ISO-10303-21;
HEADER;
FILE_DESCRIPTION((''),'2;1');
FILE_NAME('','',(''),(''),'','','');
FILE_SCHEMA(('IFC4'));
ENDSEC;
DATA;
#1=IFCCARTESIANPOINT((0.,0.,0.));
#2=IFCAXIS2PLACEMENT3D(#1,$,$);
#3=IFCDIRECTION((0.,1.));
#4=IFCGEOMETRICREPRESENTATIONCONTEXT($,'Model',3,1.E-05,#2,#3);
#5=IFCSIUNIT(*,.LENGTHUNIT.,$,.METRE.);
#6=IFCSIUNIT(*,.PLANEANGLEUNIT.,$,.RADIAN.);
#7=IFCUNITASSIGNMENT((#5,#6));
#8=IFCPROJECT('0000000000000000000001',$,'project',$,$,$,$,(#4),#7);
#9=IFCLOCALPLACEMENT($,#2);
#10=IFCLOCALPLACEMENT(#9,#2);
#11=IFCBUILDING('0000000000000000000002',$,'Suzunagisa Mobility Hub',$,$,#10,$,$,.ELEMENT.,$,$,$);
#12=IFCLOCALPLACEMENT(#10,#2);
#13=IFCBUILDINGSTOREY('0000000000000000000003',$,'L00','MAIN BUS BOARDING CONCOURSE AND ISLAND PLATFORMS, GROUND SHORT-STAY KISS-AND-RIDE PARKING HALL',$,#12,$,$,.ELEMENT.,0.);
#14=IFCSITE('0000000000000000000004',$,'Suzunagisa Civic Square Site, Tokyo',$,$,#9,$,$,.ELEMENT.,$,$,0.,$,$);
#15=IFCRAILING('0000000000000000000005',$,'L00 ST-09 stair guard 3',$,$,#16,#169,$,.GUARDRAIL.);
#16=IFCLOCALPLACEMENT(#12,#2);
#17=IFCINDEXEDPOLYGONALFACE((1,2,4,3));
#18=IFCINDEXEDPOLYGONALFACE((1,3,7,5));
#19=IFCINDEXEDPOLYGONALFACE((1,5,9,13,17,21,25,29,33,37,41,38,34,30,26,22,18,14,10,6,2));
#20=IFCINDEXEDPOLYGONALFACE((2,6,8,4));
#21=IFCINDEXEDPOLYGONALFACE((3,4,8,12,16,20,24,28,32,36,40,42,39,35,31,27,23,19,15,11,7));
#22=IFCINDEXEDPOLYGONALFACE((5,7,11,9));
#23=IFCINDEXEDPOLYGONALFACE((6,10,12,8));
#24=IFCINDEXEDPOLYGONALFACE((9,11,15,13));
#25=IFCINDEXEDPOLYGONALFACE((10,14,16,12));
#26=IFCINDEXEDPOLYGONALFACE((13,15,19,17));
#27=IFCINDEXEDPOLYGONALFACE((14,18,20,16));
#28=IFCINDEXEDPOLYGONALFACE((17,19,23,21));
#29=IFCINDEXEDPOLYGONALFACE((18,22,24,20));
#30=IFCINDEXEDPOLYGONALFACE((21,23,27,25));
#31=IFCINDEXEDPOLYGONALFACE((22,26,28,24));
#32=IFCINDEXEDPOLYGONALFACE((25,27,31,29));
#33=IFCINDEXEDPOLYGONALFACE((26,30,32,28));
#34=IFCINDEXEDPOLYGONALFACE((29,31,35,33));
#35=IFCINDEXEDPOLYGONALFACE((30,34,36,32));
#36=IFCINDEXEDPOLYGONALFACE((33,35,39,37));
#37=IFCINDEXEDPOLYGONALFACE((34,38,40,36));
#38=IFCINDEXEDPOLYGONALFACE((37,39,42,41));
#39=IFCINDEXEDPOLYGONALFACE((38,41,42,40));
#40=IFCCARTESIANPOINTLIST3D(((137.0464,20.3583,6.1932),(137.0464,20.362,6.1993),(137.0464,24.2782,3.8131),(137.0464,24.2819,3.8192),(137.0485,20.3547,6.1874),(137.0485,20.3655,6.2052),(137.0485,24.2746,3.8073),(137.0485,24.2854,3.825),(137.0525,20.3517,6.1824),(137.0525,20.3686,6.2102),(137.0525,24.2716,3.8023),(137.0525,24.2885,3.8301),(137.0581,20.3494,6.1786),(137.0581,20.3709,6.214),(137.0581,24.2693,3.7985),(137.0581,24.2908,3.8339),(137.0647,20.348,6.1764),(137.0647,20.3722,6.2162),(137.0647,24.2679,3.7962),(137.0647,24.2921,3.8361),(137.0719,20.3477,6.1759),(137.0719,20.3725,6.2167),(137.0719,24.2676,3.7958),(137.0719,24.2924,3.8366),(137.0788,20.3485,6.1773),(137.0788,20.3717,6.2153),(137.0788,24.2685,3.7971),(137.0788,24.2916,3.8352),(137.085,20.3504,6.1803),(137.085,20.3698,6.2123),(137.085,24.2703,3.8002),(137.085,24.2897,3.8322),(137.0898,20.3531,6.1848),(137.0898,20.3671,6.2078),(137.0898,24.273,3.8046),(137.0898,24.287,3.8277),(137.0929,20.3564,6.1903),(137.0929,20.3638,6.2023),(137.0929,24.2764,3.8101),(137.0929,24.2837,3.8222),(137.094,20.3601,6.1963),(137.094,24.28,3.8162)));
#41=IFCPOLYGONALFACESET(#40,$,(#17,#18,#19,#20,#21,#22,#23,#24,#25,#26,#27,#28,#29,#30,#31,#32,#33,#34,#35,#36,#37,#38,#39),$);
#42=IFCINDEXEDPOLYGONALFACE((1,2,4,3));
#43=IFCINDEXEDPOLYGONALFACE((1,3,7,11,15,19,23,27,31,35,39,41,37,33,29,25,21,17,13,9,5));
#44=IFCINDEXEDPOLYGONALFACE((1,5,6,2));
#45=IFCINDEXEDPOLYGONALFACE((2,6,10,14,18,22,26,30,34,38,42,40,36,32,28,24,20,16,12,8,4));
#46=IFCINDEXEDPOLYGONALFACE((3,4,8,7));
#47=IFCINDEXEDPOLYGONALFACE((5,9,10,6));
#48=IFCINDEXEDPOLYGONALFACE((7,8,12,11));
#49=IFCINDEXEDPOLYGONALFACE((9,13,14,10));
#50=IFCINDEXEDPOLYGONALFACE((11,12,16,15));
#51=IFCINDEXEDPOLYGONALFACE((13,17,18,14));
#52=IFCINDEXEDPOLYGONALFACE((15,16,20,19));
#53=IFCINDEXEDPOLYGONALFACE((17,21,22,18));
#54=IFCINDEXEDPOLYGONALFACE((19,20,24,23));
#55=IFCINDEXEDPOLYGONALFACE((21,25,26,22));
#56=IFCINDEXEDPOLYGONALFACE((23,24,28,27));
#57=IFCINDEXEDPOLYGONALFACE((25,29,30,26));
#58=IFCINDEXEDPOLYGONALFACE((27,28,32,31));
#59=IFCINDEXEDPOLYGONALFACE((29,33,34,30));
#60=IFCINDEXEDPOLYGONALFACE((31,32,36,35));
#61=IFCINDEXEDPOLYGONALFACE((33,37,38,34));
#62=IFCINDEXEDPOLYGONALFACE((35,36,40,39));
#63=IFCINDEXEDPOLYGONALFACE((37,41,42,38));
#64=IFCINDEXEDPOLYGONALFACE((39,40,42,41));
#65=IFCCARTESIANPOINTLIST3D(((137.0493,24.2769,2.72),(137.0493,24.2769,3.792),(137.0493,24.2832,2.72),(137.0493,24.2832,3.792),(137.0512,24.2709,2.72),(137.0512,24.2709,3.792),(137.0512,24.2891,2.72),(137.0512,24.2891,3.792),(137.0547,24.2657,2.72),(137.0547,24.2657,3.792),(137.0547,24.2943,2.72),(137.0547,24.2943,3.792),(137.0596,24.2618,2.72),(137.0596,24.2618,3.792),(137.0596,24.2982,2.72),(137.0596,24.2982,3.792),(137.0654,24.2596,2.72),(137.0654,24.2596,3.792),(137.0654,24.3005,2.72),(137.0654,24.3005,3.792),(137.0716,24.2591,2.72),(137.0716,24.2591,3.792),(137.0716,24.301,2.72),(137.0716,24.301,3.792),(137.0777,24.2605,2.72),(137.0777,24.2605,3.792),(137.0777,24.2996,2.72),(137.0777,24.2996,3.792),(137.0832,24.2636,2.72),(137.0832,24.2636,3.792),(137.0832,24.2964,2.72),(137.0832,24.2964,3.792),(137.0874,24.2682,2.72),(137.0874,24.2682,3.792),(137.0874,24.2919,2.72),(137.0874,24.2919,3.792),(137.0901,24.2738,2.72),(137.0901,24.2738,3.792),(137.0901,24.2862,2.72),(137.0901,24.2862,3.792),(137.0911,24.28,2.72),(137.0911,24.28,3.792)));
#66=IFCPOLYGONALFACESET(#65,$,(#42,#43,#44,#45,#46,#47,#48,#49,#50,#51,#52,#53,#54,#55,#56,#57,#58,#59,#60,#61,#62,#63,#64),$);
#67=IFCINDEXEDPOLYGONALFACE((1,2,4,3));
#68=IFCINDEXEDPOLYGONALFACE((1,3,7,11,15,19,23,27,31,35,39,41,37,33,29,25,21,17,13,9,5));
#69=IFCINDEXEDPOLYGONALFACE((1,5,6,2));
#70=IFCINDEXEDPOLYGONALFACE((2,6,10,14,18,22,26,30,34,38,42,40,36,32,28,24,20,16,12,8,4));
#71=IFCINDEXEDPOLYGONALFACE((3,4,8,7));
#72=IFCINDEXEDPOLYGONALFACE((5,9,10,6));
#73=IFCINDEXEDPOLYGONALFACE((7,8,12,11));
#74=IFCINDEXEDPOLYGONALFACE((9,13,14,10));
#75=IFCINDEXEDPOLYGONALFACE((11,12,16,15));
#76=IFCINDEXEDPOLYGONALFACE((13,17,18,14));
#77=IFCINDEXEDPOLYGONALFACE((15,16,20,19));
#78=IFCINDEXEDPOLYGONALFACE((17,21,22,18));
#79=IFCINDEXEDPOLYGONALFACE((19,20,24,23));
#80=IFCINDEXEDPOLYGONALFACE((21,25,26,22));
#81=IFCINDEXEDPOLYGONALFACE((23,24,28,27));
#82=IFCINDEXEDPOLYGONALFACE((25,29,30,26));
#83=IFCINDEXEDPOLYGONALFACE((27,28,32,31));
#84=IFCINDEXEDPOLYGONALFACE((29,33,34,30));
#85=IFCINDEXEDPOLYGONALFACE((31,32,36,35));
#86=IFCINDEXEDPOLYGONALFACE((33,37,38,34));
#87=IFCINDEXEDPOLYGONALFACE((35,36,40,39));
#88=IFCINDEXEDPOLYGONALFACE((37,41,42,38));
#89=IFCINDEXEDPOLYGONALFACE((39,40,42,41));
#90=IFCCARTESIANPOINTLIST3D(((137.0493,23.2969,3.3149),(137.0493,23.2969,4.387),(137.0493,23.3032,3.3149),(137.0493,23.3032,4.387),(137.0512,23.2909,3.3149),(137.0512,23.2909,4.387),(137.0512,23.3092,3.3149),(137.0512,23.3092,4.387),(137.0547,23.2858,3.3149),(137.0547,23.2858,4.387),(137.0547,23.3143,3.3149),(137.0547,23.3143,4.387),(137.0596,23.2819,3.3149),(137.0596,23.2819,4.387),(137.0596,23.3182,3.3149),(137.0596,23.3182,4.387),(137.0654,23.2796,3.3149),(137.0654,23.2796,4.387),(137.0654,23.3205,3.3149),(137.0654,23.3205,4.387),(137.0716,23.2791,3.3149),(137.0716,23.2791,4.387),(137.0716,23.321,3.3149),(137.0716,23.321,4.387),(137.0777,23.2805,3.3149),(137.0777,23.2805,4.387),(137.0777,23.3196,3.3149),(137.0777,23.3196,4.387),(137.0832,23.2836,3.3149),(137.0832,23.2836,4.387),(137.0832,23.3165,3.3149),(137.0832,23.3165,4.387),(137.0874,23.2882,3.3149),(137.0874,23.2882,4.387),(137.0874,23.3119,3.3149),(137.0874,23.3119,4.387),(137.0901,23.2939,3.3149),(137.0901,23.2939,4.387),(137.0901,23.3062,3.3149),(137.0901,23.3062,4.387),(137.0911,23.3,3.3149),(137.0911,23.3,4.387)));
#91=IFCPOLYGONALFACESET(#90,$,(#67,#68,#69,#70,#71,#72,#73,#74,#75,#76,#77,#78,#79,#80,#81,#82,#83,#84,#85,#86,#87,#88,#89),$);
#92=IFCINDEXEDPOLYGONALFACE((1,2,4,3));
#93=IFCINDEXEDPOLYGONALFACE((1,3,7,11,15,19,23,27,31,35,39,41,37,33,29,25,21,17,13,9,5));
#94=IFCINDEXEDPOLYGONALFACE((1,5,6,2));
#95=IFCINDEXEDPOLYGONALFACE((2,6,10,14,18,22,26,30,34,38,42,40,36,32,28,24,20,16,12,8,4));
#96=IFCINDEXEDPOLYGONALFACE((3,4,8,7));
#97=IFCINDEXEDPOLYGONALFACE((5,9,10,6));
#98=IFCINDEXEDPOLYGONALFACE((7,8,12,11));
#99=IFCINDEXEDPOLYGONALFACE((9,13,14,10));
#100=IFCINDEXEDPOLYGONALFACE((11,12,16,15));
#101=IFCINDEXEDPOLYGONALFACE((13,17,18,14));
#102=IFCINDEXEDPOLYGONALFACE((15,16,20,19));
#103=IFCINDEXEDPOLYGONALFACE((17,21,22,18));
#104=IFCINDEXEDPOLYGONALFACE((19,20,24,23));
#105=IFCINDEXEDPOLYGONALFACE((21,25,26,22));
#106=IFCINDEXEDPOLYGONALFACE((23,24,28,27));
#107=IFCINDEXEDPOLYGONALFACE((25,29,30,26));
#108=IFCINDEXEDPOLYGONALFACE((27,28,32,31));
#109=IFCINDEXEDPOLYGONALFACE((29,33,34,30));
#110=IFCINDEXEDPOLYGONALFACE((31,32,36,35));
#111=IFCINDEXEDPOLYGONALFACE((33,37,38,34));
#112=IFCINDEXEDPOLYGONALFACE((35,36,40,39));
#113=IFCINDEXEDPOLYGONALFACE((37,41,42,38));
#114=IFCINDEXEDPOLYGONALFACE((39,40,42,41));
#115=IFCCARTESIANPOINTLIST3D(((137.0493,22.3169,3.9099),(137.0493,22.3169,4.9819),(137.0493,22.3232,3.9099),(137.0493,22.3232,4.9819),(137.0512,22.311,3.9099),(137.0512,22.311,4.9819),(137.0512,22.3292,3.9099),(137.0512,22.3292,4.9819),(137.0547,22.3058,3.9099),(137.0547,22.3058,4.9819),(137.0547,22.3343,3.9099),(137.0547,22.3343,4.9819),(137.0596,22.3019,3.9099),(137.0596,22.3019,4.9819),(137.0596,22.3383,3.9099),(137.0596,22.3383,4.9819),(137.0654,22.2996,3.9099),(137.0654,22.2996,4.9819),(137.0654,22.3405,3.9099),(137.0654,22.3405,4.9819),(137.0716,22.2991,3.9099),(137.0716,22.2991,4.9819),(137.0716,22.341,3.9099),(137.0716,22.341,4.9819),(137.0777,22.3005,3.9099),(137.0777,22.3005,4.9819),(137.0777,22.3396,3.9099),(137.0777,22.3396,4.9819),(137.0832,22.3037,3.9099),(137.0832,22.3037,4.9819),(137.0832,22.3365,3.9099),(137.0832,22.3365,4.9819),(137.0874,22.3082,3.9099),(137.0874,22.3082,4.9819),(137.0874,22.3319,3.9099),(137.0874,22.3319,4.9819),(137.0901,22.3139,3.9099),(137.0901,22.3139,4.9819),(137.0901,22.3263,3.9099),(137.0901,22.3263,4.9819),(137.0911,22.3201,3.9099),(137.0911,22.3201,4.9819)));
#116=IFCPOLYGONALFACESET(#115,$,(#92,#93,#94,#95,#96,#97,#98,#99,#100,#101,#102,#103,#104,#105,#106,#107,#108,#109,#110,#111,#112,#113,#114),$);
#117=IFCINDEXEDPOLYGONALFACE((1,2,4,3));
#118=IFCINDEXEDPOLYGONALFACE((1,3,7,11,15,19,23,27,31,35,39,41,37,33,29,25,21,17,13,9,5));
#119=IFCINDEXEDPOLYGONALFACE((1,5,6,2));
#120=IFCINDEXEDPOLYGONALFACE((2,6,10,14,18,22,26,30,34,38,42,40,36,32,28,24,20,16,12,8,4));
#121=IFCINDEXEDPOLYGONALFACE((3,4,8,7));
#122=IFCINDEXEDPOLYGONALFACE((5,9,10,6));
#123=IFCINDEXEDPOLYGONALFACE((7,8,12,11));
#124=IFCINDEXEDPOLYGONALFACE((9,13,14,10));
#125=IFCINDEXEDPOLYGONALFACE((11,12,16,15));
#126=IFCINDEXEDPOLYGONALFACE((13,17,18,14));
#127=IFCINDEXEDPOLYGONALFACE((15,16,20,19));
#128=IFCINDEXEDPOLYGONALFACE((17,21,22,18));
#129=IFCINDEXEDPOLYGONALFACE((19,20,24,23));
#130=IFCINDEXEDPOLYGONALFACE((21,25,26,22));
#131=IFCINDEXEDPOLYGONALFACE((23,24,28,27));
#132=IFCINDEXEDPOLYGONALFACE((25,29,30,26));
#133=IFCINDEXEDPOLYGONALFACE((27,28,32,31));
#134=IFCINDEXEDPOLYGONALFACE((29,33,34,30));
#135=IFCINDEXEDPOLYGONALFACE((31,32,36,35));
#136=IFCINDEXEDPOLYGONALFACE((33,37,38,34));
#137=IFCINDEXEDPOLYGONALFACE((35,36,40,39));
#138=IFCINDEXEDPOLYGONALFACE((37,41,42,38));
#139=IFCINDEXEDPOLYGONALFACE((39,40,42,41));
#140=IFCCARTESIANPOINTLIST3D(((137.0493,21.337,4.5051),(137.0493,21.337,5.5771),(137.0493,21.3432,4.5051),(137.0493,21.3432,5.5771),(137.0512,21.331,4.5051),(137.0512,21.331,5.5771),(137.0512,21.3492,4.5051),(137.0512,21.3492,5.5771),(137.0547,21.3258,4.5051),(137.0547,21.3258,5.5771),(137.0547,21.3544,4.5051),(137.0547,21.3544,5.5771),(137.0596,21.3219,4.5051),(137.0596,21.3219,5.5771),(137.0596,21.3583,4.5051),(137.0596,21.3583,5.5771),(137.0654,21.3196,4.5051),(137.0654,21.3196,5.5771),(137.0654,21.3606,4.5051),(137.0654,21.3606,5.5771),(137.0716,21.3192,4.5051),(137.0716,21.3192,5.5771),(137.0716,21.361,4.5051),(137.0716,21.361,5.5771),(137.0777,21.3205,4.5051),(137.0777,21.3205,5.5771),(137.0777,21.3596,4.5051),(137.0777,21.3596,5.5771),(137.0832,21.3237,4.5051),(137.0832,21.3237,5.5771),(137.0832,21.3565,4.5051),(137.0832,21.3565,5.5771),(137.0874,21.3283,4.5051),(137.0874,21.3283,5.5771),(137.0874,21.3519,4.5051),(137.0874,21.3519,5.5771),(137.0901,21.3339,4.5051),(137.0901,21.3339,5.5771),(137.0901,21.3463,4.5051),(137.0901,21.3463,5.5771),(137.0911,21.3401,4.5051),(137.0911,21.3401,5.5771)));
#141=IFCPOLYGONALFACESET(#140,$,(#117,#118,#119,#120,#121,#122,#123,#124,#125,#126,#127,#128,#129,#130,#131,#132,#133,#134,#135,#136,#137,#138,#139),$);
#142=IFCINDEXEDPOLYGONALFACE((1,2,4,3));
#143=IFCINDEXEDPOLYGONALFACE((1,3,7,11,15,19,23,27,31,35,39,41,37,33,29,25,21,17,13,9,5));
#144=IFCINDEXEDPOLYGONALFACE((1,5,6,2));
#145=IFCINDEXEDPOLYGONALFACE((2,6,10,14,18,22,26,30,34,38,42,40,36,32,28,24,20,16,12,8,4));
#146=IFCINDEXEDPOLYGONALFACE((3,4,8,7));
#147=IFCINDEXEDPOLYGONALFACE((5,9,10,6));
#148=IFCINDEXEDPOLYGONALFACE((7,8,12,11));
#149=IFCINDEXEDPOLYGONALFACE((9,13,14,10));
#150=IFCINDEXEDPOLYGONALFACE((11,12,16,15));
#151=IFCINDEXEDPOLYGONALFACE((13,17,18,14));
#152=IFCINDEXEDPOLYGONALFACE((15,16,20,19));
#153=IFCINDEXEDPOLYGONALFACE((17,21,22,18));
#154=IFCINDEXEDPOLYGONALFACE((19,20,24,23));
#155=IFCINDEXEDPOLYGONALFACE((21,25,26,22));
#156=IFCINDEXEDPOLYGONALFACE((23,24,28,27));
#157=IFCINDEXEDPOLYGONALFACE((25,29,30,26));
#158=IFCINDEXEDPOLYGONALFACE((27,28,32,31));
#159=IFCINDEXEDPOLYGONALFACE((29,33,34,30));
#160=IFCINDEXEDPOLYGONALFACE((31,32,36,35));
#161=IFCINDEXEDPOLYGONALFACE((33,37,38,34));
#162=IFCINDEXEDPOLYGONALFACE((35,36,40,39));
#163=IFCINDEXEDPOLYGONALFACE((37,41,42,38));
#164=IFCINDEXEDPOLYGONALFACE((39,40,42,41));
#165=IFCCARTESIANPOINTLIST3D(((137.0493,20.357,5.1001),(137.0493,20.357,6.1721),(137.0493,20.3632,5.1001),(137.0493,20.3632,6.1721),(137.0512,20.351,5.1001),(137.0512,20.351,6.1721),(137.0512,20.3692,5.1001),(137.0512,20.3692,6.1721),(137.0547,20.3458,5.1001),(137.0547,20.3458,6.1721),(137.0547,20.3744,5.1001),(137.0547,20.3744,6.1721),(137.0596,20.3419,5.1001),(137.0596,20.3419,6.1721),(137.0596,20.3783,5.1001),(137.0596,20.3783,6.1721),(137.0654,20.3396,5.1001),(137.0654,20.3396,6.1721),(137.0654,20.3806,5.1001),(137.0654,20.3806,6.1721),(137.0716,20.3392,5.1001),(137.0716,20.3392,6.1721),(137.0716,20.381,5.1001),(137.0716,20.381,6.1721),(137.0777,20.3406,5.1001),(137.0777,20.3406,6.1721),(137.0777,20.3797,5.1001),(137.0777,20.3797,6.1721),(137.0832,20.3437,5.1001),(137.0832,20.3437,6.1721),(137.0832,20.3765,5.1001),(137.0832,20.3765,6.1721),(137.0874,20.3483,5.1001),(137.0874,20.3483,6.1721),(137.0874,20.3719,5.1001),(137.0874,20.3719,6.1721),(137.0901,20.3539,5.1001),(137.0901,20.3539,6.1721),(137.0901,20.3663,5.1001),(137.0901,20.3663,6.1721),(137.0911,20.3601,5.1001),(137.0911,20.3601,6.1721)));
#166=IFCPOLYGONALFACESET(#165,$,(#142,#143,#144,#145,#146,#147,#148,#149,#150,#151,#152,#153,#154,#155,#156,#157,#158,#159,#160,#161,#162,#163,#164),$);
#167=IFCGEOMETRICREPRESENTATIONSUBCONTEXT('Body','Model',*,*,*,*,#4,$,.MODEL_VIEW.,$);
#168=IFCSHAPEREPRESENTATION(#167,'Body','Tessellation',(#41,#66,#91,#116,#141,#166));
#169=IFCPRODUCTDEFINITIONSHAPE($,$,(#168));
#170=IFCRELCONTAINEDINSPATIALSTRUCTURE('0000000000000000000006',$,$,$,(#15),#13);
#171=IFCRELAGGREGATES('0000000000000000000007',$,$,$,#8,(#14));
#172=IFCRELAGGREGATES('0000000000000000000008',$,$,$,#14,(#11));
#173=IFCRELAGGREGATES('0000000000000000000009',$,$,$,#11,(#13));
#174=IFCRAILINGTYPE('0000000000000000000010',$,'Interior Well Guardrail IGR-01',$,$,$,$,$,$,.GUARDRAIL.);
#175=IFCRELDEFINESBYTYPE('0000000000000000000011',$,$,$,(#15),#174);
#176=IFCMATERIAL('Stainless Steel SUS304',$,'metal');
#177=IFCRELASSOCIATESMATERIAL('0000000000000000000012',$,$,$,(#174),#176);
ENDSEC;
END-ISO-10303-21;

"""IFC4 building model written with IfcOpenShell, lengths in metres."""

from ifc_helpers import new_model, si_unit, direction, frame, origin, origin_2d, place, context, subcontext, project, spatial, circle, extrude, material, type_object, element, save


model = new_model("IFC4")

# Units and contexts
model_context = context("Model", 3, precision=1e-05, world=origin(), true_north=direction((0.0, 1.0)))
body_context = subcontext(model_context, "Body", "Model", "MODEL_VIEW")
ifc_project = project(units=[si_unit("LENGTHUNIT", "METRE"), si_unit("PLANEANGLEUNIT", "RADIAN")], contexts=[model_context])

# Site, building, storey
site_placement = place(None, origin())
site = spatial("IfcSite", under=ifc_project, at=site_placement, Name="Suzunagisa Civic Square Site, Tokyo", CompositionType="ELEMENT", RefElevation=0.0)
building_placement = place(site_placement, origin())
building = spatial("IfcBuilding", under=site, at=building_placement, Name="Suzunagisa Mobility Hub", CompositionType="ELEMENT")
storey_placement = place(building_placement, origin())
storey = spatial("IfcBuildingStorey", under=building, at=storey_placement, Name="L00", Description="MAIN BUS BOARDING CONCOURSE AND ISLAND PLATFORMS, GROUND SHORT-STAY KISS-AND-RIDE PARKING HALL", CompositionType="ELEMENT", Elevation=0.0)

# Railing
ifc_material_1 = material(Name="Stainless Steel SUS304", Category="metal")
railing_type_1 = type_object("IfcRailingType", Name="Interior Well Guardrail IGR-01", PredefinedType="GUARDRAIL", material=ifc_material_1)
railing_1_placement = place(storey_placement, frame((137.0701, 24.28, 2.72)))
element("IfcRailing", 1, at=railing_1_placement, inside=storey, type_object=railing_type_1, Name="L00 ST-09 stair guard 3", PredefinedType="GUARDRAIL", context=body_context, shape_type="SweptSolid", body=[
    extrude(circle(Radius=0.0239, at=origin_2d()), frame((0.0, 0.0, 1.0962), z_axis=(0.0, -0.854771, 0.519006), x_axis=(1.0, 0.0, 0.0)), (0.0, 0.0, 1.0), 4.5859),
    extrude(circle(Radius=0.021, at=origin_2d()), origin(), (0.0, 0.0, 1.0), 1.072),
    extrude(circle(Radius=0.021, at=origin_2d()), frame((0.0, -0.98, 0.595)), (0.0, 0.0, 1.0), 1.072),
    extrude(circle(Radius=0.021, at=origin_2d()), frame((0.0, -1.96, 1.1899)), (0.0, 0.0, 1.0), 1.072),
    extrude(circle(Radius=0.021, at=origin_2d()), frame((0.0, -2.9399, 1.7852)), (0.0, 0.0, 1.0), 1.072),
    extrude(circle(Radius=0.021, at=origin_2d()), frame((0.0, -3.9199, 2.3801)), (0.0, 0.0, 1.0), 1.072),
])

save(model, "model.ifc")
